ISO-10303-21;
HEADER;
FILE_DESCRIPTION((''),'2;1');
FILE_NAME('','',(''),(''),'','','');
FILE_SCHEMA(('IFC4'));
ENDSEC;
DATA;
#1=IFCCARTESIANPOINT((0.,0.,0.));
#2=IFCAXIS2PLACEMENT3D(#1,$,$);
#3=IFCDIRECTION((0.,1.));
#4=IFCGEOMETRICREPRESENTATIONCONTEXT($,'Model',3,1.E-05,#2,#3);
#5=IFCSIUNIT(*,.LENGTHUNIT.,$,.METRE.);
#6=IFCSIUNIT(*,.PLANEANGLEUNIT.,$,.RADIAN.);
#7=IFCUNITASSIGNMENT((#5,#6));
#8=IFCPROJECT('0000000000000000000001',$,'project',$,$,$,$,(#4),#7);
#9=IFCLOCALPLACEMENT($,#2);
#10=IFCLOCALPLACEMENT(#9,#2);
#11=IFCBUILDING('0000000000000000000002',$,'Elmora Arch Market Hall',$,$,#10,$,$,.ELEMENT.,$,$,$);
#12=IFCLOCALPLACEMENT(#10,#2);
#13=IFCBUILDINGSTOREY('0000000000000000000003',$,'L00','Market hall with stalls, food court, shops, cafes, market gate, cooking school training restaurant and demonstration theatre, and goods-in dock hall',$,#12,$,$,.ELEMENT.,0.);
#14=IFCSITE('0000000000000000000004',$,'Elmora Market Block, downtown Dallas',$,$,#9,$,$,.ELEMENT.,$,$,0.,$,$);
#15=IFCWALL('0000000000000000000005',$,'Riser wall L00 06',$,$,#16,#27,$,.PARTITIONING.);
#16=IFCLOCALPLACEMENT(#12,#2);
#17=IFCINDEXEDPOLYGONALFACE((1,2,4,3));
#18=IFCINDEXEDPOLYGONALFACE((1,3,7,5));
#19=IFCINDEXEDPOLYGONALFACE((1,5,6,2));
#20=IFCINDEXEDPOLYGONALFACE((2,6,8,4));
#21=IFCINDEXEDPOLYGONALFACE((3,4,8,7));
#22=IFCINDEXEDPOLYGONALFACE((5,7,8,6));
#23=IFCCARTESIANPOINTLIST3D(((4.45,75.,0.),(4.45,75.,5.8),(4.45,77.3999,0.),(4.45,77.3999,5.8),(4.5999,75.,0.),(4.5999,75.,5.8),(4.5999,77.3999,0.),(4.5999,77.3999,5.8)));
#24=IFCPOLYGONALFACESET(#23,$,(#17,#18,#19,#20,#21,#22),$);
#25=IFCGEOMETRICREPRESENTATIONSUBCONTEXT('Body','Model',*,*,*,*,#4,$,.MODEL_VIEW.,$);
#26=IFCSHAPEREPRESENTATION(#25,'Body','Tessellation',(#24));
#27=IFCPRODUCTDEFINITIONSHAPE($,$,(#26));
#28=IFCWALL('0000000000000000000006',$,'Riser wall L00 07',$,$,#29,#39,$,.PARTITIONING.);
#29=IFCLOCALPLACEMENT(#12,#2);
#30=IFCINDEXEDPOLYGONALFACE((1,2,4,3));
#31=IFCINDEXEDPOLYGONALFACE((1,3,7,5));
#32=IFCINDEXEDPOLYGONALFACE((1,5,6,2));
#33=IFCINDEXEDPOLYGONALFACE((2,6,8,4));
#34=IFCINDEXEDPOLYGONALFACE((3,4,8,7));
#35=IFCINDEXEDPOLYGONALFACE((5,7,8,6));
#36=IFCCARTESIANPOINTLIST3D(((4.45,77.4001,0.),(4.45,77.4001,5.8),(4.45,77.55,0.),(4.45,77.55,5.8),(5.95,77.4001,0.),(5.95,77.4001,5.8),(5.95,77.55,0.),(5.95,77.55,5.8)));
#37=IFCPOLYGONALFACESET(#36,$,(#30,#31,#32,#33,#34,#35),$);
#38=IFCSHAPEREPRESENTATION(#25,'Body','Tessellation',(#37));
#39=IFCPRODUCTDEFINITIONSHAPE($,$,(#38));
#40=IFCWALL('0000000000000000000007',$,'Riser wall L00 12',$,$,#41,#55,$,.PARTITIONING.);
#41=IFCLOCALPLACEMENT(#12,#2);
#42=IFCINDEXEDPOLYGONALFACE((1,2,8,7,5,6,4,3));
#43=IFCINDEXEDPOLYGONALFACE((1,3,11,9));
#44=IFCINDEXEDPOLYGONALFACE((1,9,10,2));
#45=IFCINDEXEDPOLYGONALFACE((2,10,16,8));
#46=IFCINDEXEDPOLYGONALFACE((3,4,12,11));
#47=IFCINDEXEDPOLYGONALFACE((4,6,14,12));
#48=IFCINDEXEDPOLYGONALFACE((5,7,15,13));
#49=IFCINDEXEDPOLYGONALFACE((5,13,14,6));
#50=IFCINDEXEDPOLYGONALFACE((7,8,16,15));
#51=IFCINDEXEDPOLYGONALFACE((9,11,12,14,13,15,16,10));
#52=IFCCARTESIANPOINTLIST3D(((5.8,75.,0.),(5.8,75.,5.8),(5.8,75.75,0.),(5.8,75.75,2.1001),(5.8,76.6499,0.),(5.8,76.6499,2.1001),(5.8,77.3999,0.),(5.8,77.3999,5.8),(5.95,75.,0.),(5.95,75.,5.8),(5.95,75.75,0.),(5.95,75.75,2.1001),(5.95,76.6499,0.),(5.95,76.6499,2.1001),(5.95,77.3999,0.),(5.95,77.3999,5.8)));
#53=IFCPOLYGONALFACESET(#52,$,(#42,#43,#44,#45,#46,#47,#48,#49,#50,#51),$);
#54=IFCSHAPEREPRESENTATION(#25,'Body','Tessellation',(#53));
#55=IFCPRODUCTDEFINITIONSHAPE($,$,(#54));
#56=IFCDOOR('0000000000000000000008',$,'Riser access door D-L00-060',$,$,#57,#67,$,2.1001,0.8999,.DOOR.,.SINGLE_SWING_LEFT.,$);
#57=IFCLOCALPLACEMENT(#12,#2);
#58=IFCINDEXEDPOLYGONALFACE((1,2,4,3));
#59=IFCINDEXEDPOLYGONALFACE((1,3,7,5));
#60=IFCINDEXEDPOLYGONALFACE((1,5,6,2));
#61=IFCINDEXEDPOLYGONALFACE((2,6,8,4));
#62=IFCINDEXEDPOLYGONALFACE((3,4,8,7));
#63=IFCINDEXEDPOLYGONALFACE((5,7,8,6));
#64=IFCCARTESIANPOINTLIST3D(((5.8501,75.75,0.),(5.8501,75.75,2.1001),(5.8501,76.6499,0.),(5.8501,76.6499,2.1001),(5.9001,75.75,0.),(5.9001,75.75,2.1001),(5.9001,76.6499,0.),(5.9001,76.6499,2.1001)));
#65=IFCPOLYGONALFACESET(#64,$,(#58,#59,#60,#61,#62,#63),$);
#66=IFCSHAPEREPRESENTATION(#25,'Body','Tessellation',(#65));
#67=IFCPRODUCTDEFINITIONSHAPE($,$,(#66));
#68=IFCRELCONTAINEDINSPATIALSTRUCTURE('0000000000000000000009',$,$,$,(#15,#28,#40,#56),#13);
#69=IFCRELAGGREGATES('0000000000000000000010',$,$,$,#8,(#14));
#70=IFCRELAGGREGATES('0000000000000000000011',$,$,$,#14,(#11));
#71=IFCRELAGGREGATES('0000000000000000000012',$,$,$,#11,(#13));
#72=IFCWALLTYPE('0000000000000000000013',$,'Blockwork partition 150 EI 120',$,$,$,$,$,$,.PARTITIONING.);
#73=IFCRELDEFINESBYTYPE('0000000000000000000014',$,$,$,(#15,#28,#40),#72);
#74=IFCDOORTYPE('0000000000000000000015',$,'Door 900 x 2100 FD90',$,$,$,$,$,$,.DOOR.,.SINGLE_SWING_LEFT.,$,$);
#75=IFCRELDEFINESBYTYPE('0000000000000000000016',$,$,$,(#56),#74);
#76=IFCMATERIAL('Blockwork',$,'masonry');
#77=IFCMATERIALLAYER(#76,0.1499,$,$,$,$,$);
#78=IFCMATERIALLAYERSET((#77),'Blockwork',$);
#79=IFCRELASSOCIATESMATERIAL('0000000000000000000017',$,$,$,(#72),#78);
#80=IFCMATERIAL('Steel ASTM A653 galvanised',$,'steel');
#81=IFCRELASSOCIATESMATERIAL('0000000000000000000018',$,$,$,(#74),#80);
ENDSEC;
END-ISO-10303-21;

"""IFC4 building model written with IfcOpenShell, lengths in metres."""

from ifc_helpers import new_model, si_unit, direction, frame, frame_2d, origin, place, context, subcontext, project, spatial, rectangle, extrude, material, layer, layer_set, type_object, element, fill, save


model = new_model("IFC4")

# Units and contexts
model_context = context("Model", 3, precision=1e-05, world=origin(), true_north=direction((0.0, 1.0)))
body_context = subcontext(model_context, "Body", "Model", "MODEL_VIEW")
ifc_project = project(units=[si_unit("LENGTHUNIT", "METRE"), si_unit("PLANEANGLEUNIT", "RADIAN")], contexts=[model_context])

# Site, building, storey
site_placement = place(None, origin())
site = spatial("IfcSite", under=ifc_project, at=site_placement, Name="Elmora Market Block, downtown Dallas", CompositionType="ELEMENT", RefElevation=0.0)
building_placement = place(site_placement, origin())
building = spatial("IfcBuilding", under=site, at=building_placement, Name="Elmora Arch Market Hall", CompositionType="ELEMENT")
storey_placement = place(building_placement, origin())
storey = spatial("IfcBuildingStorey", under=building, at=storey_placement, Name="L00", Description="Market hall with stalls, food court, shops, cafes, market gate, cooking school training restaurant and demonstration theatre, and goods-in dock hall", CompositionType="ELEMENT", Elevation=0.0)

# Walls
ifc_material_1 = material(Name="Blockwork", Category="masonry")
ifc_layer_1 = layer(ifc_material_1, 0.1499)
ifc_layer_set_1 = layer_set([ifc_layer_1], Name="Blockwork")
wall_type = type_object("IfcWallType", Name="Blockwork partition 150 EI 120", PredefinedType="PARTITIONING", material=ifc_layer_set_1)
wall_1_placement = place(storey_placement, frame((4.5249, 75.0, 0.0), z_axis=(0.0, 0.0, 1.0), x_axis=(0.0, 1.0, 0.0)))
element("IfcWall", 1, at=wall_1_placement, inside=storey, type_object=wall_type, Name="Riser wall L00 06", PredefinedType="PARTITIONING", context=body_context, shape_type="SweptSolid", body=[
    extrude(rectangle(XDim=2.3999, YDim=0.1499, at=frame_2d((1.2, 0.0))), origin(), (0.0, 0.0, 1.0), 5.8),
])
wall_2_placement = place(storey_placement, frame((4.45, 77.4751, 0.0), z_axis=(0.0, 0.0, 1.0), x_axis=(1.0, 0.0, 0.0)))
element("IfcWall", 2, at=wall_2_placement, inside=storey, type_object=wall_type, Name="Riser wall L00 07", PredefinedType="PARTITIONING", context=body_context, shape_type="SweptSolid", body=[
    extrude(rectangle(XDim=1.5, YDim=0.1499, at=frame_2d((0.75, 0.0))), origin(), (0.0, 0.0, 1.0), 5.8),
])

# Wall, opening, door
wall_3_placement = place(storey_placement, frame((5.875, 75.0, 0.0), z_axis=(0.0, 0.0, 1.0), x_axis=(0.0, 1.0, 0.0)))
wall_3 = element("IfcWall", 3, at=wall_3_placement, inside=storey, type_object=wall_type, Name="Riser wall L00 12", PredefinedType="PARTITIONING", context=body_context, shape_type="SweptSolid", body=[
    extrude(rectangle(XDim=2.3999, YDim=0.1499, at=frame_2d((1.2, 0.0))), origin(), (0.0, 0.0, 1.0), 5.8),
])
opening_placement = place(wall_3_placement, frame((0.75, 0.0, 0.0)))
opening = element("IfcOpeningElement", 4, at=opening_placement, cuts=wall_3, PredefinedType="OPENING", context=body_context, shape_type="SweptSolid", body=[
    extrude(rectangle(XDim=0.8999, YDim=2.1001, at=frame_2d((0.45, 1.05))), frame((0.0, 0.085, 0.0), z_axis=(0.0, -1.0, 0.0), x_axis=(1.0, 0.0, 0.0)), (0.0, 0.0, 1.0), 0.1699),
])
ifc_material_2 = material(Name="Steel ASTM A653 galvanised", Category="steel")
door_type = type_object("IfcDoorType", Name="Door 900 x 2100 FD90", OperationType="SINGLE_SWING_LEFT", PredefinedType="DOOR", material=ifc_material_2)
door_placement = place(opening_placement, origin())
door = element("IfcDoor", 5, at=door_placement, inside=storey, type_object=door_type, Name="Riser access door D-L00-060", OperationType="SINGLE_SWING_LEFT", OverallHeight=2.1001, OverallWidth=0.8999, PredefinedType="DOOR", context=body_context, shape_type="SweptSolid", body=[
    extrude(rectangle(XDim=0.8999, YDim=2.1001, at=frame_2d((0.45, 1.05))), frame((0.0, 0.0249, 0.0), z_axis=(0.0, -1.0, 0.0), x_axis=(1.0, 0.0, 0.0)), (0.0, 0.0, 1.0), 0.05),
])
fill(opening, door)

save(model, "model.ifc")
